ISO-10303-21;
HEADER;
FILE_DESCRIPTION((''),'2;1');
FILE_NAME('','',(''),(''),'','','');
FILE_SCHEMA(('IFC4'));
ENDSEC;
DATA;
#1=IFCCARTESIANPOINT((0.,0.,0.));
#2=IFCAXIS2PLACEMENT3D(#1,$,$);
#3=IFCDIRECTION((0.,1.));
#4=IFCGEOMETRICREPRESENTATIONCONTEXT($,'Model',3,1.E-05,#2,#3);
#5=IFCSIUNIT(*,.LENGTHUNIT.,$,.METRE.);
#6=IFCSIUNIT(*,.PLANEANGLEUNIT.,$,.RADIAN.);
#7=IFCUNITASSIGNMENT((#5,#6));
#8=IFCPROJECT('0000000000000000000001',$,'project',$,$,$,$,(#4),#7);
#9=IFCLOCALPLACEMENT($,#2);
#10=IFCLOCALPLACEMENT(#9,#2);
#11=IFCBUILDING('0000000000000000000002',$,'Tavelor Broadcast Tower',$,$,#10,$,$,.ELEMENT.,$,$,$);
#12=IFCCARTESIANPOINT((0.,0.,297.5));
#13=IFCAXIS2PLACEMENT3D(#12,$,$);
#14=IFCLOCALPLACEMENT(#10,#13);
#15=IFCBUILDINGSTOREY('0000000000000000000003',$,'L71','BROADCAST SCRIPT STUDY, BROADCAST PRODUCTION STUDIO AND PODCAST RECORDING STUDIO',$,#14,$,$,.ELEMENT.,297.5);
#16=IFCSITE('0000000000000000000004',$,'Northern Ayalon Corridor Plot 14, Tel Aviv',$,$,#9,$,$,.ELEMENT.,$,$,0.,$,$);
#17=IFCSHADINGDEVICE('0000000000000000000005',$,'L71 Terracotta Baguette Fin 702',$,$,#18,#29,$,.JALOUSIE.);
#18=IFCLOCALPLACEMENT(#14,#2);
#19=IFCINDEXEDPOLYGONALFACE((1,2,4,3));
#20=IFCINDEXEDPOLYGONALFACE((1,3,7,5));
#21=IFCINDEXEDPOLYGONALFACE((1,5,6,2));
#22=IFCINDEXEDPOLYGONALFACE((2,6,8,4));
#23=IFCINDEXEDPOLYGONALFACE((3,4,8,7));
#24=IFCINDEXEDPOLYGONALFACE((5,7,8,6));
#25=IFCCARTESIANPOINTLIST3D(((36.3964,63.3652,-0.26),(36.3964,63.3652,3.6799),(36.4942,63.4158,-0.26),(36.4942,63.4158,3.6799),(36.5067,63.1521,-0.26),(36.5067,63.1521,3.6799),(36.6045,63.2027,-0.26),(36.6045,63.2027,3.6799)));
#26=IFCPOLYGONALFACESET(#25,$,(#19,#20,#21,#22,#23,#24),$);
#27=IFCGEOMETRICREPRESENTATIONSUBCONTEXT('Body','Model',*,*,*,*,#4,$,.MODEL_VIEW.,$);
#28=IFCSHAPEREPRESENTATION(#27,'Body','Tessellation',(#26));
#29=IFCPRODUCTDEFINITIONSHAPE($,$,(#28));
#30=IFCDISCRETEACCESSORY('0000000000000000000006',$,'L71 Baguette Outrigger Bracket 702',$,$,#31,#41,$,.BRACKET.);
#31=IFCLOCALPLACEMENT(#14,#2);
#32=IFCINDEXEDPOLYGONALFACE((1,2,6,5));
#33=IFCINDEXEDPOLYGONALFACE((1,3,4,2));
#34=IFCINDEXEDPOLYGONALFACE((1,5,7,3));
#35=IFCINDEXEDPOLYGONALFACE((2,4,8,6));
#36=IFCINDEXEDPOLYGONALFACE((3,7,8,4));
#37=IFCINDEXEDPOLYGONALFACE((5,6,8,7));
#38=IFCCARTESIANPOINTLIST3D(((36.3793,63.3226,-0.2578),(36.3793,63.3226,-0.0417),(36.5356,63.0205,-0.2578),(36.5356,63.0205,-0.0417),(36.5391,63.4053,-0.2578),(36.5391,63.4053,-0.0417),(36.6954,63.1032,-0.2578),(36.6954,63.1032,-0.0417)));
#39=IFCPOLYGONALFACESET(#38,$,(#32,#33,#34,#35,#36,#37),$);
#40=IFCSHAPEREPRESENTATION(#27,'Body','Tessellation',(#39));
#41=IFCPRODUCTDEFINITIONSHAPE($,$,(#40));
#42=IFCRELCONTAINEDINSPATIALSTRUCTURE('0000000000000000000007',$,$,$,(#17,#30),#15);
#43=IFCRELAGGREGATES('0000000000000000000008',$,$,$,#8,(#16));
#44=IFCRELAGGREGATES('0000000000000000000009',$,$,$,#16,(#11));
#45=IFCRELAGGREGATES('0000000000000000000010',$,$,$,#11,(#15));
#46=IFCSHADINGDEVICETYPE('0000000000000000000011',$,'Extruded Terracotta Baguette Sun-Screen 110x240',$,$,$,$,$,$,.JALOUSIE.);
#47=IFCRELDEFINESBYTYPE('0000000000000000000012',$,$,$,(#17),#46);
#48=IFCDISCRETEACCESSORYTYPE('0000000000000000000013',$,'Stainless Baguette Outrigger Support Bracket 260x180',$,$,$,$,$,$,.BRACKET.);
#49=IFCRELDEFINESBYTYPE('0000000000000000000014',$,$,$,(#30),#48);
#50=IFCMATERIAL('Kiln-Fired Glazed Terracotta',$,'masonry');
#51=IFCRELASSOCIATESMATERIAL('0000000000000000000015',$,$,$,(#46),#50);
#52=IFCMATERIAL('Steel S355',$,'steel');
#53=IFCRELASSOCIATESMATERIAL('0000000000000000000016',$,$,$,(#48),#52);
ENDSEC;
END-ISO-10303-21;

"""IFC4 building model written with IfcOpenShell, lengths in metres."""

from ifc_helpers import new_model, si_unit, direction, frame, origin, origin_2d, place, context, subcontext, project, spatial, rectangle, extrude, source, transform, mapped, material, type_object, type_shapes, element, save


model = new_model("IFC4")

# Units and contexts
model_context = context("Model", 3, precision=1e-05, world=origin(), true_north=direction((0.0, 1.0)))
body_context = subcontext(model_context, "Body", "Model", "MODEL_VIEW")
ifc_project = project(units=[si_unit("LENGTHUNIT", "METRE"), si_unit("PLANEANGLEUNIT", "RADIAN")], contexts=[model_context])

# Site, building, storey
site_placement = place(None, origin())
site = spatial("IfcSite", under=ifc_project, at=site_placement, Name="Northern Ayalon Corridor Plot 14, Tel Aviv", CompositionType="ELEMENT", RefElevation=0.0)
building_placement = place(site_placement, origin())
building = spatial("IfcBuilding", under=site, at=building_placement, Name="Tavelor Broadcast Tower", CompositionType="ELEMENT")
storey_placement = place(building_placement, frame((0.0, 0.0, 297.5)))
storey = spatial("IfcBuildingStorey", under=building, at=storey_placement, Name="L71", Description="BROADCAST SCRIPT STUDY, BROADCAST PRODUCTION STUDIO AND PODCAST RECORDING STUDIO", CompositionType="ELEMENT", Elevation=297.5)

# Shared definitions
ifc_material_1 = material(Name="Steel S355", Category="steel")

# Shading device
ifc_material_2 = material(Name="Kiln-Fired Glazed Terracotta", Category="masonry")
shading_device_type = type_object("IfcShadingDeviceType", Name="Extruded Terracotta Baguette Sun-Screen 110x240", PredefinedType="JALOUSIE", material=ifc_material_2)
shared_shape_1 = source(origin(), body_context, "Body", "SweptSolid", [
    extrude(rectangle(XDim=0.1101, YDim=0.24, at=origin_2d()), origin(), (0.0, 0.0, 1.0), 3.9399),
])
type_shapes(shading_device_type, [shared_shape_1])
shading_device_placement = place(storey_placement, frame((36.5005, 63.2839, -0.26), z_axis=(0.0, 0.0, 1.0), x_axis=(-0.888136, -0.45958, 0.0)))
element("IfcShadingDevice", 1, at=shading_device_placement, inside=storey, type_object=shading_device_type, Name="L71 Terracotta Baguette Fin 702", PredefinedType="JALOUSIE", context=body_context, shape_type="MappedRepresentation", body=[
    mapped(shared_shape_1, transform((0.0, 0.0, 0.0), scale=1.0)),
])

# Discrete accessory
discrete_accessory_type = type_object("IfcDiscreteAccessoryType", Name="Stainless Baguette Outrigger Support Bracket 260x180", PredefinedType="BRACKET", material=ifc_material_1)
shared_shape_2 = source(origin(), body_context, "Body", "SweptSolid", [
    extrude(rectangle(XDim=0.1799, YDim=0.3401, at=origin_2d()), origin(), (0.0, 0.0, 1.0), 0.2161),
])
type_shapes(discrete_accessory_type, [shared_shape_2])
discrete_accessory_placement = place(storey_placement, frame((36.5374, 63.2129, -0.2578), z_axis=(0.0, 0.0, 1.0), x_axis=(-0.888136, -0.45958, 0.0)))
element("IfcDiscreteAccessory", 2, at=discrete_accessory_placement, inside=storey, type_object=discrete_accessory_type, Name="L71 Baguette Outrigger Bracket 702", PredefinedType="BRACKET", context=body_context, shape_type="MappedRepresentation", body=[
    mapped(shared_shape_2, transform((0.0, 0.0, 0.0), scale=1.0)),
])

save(model, "model.ifc")
